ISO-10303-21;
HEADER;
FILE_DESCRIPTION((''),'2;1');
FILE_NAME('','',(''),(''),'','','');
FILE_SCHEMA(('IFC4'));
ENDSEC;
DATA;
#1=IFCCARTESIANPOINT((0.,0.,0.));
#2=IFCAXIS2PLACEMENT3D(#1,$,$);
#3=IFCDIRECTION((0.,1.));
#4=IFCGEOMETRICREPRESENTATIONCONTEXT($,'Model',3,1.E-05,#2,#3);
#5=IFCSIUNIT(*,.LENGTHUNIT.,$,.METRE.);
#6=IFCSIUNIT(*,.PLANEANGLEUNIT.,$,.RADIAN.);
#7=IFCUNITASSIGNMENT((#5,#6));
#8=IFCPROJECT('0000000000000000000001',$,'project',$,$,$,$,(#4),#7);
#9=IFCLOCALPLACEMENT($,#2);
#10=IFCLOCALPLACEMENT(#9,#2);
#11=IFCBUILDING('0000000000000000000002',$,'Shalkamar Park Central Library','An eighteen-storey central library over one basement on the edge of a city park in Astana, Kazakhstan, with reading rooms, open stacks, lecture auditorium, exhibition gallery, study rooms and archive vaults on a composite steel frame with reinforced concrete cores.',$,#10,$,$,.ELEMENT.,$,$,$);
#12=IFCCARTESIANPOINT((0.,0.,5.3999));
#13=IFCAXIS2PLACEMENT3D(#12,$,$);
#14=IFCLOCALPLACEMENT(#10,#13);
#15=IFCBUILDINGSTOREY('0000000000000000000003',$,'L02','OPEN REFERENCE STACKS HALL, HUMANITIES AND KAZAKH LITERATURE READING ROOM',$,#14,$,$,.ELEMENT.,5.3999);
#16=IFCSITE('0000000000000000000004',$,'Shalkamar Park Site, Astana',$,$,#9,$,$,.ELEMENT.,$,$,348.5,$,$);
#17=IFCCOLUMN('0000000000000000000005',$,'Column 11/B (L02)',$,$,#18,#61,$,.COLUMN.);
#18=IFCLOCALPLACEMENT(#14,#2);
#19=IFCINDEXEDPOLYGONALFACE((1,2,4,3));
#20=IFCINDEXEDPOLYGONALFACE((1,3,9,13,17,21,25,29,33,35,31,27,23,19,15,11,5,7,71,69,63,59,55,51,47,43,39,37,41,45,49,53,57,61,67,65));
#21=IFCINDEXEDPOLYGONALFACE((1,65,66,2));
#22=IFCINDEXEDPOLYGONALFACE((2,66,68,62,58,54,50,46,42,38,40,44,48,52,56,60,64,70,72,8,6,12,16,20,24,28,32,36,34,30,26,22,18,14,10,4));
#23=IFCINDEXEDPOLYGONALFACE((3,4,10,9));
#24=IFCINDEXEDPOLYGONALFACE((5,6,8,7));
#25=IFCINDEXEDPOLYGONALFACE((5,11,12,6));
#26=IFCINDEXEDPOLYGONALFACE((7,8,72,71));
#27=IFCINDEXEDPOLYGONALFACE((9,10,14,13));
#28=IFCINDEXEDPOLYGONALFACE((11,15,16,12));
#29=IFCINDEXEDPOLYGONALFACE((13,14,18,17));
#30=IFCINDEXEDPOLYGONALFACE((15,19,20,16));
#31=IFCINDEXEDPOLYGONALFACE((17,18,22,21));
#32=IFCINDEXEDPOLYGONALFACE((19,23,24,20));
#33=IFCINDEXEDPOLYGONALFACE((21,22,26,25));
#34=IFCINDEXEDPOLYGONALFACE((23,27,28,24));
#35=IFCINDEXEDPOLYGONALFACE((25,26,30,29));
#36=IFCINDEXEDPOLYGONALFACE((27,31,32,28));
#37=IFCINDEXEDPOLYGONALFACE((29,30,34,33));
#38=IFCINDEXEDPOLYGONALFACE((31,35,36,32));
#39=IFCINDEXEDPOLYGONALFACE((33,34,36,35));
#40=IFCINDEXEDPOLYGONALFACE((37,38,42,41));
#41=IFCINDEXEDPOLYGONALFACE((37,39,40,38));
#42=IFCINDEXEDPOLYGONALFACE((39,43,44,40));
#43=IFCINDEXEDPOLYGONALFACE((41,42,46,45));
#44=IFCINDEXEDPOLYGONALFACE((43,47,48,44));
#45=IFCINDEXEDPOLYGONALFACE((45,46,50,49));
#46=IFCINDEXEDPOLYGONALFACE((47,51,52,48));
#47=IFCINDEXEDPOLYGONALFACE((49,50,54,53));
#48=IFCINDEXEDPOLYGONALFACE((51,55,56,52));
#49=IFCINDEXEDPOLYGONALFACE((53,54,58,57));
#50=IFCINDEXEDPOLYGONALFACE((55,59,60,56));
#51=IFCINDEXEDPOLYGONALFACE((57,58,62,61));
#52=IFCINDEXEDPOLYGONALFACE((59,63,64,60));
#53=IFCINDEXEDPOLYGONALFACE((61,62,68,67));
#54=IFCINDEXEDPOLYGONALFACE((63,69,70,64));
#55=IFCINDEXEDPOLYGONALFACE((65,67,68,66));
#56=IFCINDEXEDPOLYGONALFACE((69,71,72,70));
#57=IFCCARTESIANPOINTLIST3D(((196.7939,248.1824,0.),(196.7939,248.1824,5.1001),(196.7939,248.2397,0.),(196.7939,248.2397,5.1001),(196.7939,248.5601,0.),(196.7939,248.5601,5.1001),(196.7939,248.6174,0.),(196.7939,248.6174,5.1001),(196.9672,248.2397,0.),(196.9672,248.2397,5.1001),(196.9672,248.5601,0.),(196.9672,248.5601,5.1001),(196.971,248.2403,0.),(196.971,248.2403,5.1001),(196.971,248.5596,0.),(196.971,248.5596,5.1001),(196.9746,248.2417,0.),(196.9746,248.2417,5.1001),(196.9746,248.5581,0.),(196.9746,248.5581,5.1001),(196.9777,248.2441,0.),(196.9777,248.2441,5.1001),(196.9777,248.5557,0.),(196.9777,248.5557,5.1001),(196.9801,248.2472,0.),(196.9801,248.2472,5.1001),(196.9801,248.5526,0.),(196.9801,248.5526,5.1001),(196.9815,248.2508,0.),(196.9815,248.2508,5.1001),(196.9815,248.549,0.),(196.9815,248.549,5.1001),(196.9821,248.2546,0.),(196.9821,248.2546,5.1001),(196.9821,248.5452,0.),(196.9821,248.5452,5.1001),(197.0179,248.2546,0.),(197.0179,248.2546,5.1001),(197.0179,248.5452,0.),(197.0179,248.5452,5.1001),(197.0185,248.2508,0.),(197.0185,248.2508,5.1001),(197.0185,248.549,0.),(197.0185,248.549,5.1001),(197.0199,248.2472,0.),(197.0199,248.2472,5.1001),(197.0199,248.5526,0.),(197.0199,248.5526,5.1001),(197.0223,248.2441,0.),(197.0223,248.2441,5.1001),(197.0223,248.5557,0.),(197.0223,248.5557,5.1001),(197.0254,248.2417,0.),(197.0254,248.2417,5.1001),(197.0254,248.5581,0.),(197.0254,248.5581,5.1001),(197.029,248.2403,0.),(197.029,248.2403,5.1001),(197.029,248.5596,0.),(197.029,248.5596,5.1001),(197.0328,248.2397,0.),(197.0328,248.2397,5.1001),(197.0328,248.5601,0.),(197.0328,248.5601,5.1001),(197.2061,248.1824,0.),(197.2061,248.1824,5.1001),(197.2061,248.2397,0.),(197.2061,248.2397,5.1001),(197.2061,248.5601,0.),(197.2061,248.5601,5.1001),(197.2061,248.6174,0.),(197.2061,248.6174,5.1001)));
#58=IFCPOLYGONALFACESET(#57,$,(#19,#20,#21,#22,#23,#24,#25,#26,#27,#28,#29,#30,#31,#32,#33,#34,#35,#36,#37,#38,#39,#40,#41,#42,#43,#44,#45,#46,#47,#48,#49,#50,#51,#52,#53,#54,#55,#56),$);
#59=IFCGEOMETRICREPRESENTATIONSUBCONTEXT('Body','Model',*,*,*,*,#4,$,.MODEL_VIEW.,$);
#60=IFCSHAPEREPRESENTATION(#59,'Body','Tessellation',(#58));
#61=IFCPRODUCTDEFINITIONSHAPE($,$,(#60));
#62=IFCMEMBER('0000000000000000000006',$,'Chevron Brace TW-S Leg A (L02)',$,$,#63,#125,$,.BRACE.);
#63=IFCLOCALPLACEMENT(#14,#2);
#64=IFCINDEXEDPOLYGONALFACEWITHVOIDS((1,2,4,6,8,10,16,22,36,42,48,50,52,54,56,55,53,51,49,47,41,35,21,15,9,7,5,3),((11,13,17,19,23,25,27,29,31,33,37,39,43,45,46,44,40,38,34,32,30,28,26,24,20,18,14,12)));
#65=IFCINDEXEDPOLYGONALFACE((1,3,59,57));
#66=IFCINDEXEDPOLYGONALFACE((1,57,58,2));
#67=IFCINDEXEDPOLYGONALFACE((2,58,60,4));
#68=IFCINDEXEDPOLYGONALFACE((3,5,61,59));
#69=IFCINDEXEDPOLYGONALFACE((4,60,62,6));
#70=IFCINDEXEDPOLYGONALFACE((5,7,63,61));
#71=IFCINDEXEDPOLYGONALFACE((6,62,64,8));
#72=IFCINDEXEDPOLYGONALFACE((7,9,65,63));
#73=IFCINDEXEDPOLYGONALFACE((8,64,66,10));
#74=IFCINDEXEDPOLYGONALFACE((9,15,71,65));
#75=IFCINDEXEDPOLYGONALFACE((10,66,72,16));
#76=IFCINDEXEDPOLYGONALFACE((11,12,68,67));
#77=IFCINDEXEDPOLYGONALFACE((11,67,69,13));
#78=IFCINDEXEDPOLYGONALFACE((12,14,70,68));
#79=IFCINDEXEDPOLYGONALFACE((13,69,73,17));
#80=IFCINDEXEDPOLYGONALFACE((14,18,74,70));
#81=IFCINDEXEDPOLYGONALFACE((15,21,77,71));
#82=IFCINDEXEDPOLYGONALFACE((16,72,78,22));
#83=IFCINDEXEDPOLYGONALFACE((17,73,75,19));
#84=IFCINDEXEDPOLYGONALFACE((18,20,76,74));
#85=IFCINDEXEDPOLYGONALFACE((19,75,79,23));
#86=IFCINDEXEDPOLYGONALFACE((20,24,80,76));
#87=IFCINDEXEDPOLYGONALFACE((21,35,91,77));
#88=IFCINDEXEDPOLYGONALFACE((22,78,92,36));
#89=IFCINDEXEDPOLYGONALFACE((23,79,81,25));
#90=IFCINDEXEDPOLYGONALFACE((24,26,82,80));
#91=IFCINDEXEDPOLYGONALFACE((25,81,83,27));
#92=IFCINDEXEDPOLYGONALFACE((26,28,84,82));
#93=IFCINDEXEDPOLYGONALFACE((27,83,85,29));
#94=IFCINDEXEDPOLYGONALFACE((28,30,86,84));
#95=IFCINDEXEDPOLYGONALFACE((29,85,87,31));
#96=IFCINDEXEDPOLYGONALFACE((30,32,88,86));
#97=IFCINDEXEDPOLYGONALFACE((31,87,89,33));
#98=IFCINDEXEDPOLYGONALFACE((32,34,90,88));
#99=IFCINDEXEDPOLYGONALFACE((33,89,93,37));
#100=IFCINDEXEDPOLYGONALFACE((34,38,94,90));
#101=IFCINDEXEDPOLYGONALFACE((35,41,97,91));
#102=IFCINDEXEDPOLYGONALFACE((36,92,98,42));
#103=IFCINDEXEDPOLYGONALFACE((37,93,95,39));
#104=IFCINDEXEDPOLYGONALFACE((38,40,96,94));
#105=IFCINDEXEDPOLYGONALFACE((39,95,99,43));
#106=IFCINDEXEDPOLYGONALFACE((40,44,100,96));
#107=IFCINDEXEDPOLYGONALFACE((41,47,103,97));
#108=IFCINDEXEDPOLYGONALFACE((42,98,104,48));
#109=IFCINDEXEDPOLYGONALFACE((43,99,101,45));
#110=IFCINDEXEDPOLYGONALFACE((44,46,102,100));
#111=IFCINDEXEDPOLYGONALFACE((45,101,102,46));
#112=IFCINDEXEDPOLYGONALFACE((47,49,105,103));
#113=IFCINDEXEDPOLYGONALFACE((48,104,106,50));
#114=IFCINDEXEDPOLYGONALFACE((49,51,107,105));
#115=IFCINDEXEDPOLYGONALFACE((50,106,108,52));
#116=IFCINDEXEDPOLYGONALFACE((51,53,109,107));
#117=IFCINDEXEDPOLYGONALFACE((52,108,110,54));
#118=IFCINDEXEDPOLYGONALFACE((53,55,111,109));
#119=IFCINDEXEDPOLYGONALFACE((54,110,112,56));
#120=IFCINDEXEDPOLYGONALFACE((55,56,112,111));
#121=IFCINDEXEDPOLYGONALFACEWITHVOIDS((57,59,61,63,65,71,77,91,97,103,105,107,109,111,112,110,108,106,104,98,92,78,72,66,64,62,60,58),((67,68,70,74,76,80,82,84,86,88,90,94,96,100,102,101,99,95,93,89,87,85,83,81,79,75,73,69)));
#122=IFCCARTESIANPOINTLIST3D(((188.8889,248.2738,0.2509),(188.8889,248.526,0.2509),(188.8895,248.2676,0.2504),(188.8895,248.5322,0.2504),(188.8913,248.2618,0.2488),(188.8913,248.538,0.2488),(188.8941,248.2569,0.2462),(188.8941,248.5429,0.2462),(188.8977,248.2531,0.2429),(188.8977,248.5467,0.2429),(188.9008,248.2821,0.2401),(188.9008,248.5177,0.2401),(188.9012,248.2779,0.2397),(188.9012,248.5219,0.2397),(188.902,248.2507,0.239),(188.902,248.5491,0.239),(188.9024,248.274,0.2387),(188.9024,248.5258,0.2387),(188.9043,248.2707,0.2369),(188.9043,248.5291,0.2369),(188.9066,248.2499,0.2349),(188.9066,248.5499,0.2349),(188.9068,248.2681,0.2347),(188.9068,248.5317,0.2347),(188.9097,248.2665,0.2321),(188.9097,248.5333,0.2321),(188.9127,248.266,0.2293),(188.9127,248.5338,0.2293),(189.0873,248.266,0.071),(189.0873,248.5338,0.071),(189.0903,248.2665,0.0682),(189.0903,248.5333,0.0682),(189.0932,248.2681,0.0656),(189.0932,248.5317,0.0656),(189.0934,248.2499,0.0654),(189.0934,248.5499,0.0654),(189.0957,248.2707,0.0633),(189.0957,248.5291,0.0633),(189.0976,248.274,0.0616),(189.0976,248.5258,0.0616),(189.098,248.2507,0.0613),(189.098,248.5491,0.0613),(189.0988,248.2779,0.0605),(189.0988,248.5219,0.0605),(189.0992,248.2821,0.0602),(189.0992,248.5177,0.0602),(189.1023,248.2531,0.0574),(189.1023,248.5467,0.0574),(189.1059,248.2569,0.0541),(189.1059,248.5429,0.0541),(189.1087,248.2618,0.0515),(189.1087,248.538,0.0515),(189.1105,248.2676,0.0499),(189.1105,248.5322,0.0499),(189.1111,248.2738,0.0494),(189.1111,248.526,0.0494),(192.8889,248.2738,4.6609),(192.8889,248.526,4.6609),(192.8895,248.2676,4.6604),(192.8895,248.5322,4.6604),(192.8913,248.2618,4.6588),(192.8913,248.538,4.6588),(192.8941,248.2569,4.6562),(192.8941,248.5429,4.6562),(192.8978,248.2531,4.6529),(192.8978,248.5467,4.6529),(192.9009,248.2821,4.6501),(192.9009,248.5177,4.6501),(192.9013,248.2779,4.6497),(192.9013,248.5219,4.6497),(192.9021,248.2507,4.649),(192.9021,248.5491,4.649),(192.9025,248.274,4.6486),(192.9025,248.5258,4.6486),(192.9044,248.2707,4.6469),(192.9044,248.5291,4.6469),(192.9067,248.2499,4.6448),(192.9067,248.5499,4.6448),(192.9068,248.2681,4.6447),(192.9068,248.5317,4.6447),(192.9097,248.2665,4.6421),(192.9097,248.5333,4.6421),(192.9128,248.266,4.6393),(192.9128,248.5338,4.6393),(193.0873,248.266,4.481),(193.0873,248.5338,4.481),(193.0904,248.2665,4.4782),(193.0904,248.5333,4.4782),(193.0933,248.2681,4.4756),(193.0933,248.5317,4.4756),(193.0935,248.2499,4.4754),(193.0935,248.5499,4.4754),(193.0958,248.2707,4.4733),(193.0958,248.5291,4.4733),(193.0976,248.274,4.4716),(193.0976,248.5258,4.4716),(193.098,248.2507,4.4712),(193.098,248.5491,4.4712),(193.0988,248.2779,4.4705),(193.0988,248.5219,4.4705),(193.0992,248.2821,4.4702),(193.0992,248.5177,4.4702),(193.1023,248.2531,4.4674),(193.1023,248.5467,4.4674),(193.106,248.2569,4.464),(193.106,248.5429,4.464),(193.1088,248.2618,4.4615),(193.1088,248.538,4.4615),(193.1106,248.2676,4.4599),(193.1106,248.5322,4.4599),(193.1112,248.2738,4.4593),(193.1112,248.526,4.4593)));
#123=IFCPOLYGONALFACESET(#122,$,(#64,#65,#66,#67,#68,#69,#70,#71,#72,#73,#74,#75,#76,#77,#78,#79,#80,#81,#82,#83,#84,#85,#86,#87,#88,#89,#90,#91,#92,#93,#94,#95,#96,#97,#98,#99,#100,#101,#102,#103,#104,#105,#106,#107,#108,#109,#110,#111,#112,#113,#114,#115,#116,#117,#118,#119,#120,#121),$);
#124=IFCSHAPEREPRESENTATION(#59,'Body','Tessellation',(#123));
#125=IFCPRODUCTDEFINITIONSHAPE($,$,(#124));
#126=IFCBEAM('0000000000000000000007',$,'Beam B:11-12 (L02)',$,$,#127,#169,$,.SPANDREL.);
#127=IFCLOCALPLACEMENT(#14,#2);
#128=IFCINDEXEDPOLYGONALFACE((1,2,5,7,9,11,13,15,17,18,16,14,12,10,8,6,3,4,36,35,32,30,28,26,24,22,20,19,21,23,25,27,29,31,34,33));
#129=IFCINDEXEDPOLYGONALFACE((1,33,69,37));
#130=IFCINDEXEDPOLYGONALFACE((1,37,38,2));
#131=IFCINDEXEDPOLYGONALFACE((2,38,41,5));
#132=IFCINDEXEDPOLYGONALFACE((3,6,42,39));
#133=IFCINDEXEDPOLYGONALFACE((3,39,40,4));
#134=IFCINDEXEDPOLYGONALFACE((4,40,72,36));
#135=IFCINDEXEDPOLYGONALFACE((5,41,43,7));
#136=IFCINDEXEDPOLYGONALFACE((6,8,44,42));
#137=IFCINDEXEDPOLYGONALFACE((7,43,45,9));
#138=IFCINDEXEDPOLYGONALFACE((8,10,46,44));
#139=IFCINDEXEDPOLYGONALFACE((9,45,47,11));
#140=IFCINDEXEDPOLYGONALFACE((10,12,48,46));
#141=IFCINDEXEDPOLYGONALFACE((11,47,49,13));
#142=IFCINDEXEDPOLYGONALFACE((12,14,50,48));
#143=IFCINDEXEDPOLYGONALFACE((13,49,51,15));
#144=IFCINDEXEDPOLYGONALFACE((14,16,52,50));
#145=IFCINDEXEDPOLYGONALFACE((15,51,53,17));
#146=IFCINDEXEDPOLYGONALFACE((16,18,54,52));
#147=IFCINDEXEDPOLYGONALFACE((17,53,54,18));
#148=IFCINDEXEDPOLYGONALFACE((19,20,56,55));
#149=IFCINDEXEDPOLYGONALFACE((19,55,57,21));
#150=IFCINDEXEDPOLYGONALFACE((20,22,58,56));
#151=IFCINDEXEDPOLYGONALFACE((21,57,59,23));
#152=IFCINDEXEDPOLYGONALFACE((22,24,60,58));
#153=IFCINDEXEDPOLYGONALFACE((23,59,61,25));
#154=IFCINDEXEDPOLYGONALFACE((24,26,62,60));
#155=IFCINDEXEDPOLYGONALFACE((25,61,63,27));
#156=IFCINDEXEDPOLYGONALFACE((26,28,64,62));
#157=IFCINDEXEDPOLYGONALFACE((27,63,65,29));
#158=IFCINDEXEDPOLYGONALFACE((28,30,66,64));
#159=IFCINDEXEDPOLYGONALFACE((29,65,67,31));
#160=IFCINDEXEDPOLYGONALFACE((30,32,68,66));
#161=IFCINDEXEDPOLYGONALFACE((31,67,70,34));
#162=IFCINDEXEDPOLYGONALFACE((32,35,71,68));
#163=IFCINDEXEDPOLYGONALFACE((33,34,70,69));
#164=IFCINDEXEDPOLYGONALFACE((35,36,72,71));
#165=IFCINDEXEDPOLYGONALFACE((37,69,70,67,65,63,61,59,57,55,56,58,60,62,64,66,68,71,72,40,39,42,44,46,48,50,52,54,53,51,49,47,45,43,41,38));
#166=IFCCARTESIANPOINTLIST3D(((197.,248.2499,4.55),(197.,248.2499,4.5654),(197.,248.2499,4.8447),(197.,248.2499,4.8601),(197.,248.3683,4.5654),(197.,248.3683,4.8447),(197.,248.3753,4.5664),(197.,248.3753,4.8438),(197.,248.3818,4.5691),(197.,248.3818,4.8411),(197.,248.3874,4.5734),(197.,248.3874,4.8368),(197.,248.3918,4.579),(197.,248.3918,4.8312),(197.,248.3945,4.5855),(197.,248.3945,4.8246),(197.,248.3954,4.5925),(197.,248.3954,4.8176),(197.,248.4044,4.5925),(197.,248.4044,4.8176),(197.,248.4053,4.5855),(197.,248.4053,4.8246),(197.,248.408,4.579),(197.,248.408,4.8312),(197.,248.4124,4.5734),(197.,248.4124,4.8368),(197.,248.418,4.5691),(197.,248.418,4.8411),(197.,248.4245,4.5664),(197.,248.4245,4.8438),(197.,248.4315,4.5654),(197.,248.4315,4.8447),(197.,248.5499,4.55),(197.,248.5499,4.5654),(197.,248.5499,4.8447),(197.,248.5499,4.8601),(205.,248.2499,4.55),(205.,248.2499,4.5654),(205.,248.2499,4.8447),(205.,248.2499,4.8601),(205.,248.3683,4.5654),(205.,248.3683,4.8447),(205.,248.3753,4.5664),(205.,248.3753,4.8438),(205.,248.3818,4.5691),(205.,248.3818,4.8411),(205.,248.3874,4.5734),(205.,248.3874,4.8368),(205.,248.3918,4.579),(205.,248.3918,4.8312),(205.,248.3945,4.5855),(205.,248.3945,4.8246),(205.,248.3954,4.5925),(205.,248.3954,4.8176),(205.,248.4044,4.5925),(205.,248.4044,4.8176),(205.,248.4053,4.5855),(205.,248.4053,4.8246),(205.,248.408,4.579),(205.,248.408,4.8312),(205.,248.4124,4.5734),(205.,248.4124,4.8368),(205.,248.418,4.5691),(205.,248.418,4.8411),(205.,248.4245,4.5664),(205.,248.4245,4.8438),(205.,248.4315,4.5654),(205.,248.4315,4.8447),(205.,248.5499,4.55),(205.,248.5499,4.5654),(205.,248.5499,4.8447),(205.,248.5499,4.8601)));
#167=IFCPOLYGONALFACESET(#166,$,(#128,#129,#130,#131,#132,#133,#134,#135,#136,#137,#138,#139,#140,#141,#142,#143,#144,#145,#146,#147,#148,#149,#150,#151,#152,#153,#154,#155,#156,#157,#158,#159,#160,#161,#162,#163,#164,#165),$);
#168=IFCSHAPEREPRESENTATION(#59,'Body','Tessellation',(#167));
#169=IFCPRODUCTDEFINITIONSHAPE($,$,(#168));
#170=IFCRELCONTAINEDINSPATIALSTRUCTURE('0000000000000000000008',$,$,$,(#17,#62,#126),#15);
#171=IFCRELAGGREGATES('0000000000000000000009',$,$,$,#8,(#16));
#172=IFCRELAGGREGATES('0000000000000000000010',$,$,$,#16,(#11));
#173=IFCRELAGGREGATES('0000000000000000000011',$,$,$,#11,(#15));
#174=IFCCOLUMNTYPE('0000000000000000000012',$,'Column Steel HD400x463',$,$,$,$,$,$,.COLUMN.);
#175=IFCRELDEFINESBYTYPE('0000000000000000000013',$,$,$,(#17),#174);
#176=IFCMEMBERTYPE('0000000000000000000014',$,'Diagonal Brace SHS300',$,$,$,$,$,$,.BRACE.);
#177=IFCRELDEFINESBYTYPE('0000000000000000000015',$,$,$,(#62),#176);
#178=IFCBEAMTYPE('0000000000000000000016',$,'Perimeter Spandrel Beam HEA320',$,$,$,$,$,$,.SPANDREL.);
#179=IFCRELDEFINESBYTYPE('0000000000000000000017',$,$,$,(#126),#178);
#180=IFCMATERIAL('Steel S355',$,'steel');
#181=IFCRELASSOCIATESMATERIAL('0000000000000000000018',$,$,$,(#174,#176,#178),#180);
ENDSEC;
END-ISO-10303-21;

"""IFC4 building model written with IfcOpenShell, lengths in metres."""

from ifc_helpers import new_model, si_unit, direction, frame, origin, origin_2d, place, context, subcontext, project, spatial, hollow_rectangle, i_section, extrude, material, material_profile, profile_set, type_object, element, save


model = new_model("IFC4")

# Units and contexts
model_context = context("Model", 3, precision=1e-05, world=origin(), true_north=direction((0.0, 1.0)))
body_context = subcontext(model_context, "Body", "Model", "MODEL_VIEW")
ifc_project = project(units=[si_unit("LENGTHUNIT", "METRE"), si_unit("PLANEANGLEUNIT", "RADIAN")], contexts=[model_context])

# Site, building, storey
site_placement = place(None, origin())
site = spatial("IfcSite", under=ifc_project, at=site_placement, Name="Shalkamar Park Site, Astana", CompositionType="ELEMENT", RefElevation=348.5)
building_placement = place(site_placement, origin())
building = spatial("IfcBuilding", under=site, at=building_placement, Name="Shalkamar Park Central Library", Description="An eighteen-storey central library over one basement on the edge of a city park in Astana, Kazakhstan, with reading rooms, open stacks, lecture auditorium, exhibition gallery, study rooms and archive vaults on a composite steel frame with reinforced concrete cores.", CompositionType="ELEMENT")
storey_placement = place(building_placement, frame((0.0, 0.0, 5.3999)))
storey = spatial("IfcBuildingStorey", under=building, at=storey_placement, Name="L02", Description="OPEN REFERENCE STACKS HALL, HUMANITIES AND KAZAKH LITERATURE READING ROOM", CompositionType="ELEMENT", Elevation=5.3999)

# Column
ifc_material_1 = material(Name="Steel S355", Category="steel")
ifc_material_profile_1 = material_profile(ifc_material_1, i_section(OverallWidth=0.4121, OverallDepth=0.4351, WebThickness=0.0359, FlangeThickness=0.0574, FilletRadius=0.0149, at=origin_2d()), Name="HD 400x463")
ifc_profile_set_1 = profile_set([ifc_material_profile_1], Name="Steel S355")
column_type = type_object("IfcColumnType", Name="Column Steel HD400x463", PredefinedType="COLUMN", material=ifc_profile_set_1)
column_placement = place(storey_placement, frame((197.0, 248.3999, 0.0), z_axis=(0.0, 0.0, 1.0), x_axis=(1.0, 0.0, 0.0)))
element("IfcColumn", 1, at=column_placement, inside=storey, type_object=column_type, Name="Column 11/B (L02)", PredefinedType="COLUMN", context=body_context, shape_type="SweptSolid", body=[
    extrude(i_section(OverallWidth=0.4121, OverallDepth=0.4351, WebThickness=0.0359, FlangeThickness=0.0574, FilletRadius=0.0149, at=origin_2d()), origin(), (0.0, 0.0, 1.0), 5.1001),
])

# Member
ifc_material_profile_2 = material_profile(ifc_material_1, hollow_rectangle(XDim=0.3, YDim=0.3, WallThickness=0.0161, InnerFilletRadius=0.0161, OuterFilletRadius=0.0239, at=origin_2d()), Name="SHS 300x300x16")
ifc_profile_set_2 = profile_set([ifc_material_profile_2], Name="Steel S355")
member_type = type_object("IfcMemberType", Name="Diagonal Brace SHS300", PredefinedType="BRACE", material=ifc_profile_set_2)
member_placement = place(storey_placement, frame((189.0, 248.3999, 0.1501), z_axis=(0.671844, 0.0, 0.740693), x_axis=(0.0, 1.0, 0.0)))
element("IfcMember", 2, at=member_placement, inside=storey, type_object=member_type, Name="Chevron Brace TW-S Leg A (L02)", PredefinedType="BRACE", context=body_context, shape_type="SweptSolid", body=[
    extrude(hollow_rectangle(XDim=0.3, YDim=0.3, WallThickness=0.0161, InnerFilletRadius=0.0161, OuterFilletRadius=0.0239, at=origin_2d()), origin(), (0.0, 0.0, 1.0), 5.9539),
])

# Beam
ifc_material_profile_3 = material_profile(ifc_material_1, i_section(OverallWidth=0.3, OverallDepth=0.3101, WebThickness=0.009, FlangeThickness=0.0154, FilletRadius=0.0271, at=origin_2d()), Name="HEA 320")
ifc_profile_set_3 = profile_set([ifc_material_profile_3], Name="Steel S355")
beam_type_1 = type_object("IfcBeamType", Name="Perimeter Spandrel Beam HEA320", PredefinedType="SPANDREL", material=ifc_profile_set_3)
beam_placement = place(storey_placement, frame((197.0, 248.3999, 4.7051), z_axis=(1.0, 0.0, 0.0), x_axis=(0.0, 1.0, 0.0)))
element("IfcBeam", 3, at=beam_placement, inside=storey, type_object=beam_type_1, Name="Beam B:11-12 (L02)", PredefinedType="SPANDREL", context=body_context, shape_type="SweptSolid", body=[
    extrude(i_section(OverallWidth=0.3, OverallDepth=0.3101, WebThickness=0.009, FlangeThickness=0.0154, FilletRadius=0.0271, at=origin_2d()), origin(), (0.0, 0.0, 1.0), 8.0),
])

save(model, "model.ifc")
